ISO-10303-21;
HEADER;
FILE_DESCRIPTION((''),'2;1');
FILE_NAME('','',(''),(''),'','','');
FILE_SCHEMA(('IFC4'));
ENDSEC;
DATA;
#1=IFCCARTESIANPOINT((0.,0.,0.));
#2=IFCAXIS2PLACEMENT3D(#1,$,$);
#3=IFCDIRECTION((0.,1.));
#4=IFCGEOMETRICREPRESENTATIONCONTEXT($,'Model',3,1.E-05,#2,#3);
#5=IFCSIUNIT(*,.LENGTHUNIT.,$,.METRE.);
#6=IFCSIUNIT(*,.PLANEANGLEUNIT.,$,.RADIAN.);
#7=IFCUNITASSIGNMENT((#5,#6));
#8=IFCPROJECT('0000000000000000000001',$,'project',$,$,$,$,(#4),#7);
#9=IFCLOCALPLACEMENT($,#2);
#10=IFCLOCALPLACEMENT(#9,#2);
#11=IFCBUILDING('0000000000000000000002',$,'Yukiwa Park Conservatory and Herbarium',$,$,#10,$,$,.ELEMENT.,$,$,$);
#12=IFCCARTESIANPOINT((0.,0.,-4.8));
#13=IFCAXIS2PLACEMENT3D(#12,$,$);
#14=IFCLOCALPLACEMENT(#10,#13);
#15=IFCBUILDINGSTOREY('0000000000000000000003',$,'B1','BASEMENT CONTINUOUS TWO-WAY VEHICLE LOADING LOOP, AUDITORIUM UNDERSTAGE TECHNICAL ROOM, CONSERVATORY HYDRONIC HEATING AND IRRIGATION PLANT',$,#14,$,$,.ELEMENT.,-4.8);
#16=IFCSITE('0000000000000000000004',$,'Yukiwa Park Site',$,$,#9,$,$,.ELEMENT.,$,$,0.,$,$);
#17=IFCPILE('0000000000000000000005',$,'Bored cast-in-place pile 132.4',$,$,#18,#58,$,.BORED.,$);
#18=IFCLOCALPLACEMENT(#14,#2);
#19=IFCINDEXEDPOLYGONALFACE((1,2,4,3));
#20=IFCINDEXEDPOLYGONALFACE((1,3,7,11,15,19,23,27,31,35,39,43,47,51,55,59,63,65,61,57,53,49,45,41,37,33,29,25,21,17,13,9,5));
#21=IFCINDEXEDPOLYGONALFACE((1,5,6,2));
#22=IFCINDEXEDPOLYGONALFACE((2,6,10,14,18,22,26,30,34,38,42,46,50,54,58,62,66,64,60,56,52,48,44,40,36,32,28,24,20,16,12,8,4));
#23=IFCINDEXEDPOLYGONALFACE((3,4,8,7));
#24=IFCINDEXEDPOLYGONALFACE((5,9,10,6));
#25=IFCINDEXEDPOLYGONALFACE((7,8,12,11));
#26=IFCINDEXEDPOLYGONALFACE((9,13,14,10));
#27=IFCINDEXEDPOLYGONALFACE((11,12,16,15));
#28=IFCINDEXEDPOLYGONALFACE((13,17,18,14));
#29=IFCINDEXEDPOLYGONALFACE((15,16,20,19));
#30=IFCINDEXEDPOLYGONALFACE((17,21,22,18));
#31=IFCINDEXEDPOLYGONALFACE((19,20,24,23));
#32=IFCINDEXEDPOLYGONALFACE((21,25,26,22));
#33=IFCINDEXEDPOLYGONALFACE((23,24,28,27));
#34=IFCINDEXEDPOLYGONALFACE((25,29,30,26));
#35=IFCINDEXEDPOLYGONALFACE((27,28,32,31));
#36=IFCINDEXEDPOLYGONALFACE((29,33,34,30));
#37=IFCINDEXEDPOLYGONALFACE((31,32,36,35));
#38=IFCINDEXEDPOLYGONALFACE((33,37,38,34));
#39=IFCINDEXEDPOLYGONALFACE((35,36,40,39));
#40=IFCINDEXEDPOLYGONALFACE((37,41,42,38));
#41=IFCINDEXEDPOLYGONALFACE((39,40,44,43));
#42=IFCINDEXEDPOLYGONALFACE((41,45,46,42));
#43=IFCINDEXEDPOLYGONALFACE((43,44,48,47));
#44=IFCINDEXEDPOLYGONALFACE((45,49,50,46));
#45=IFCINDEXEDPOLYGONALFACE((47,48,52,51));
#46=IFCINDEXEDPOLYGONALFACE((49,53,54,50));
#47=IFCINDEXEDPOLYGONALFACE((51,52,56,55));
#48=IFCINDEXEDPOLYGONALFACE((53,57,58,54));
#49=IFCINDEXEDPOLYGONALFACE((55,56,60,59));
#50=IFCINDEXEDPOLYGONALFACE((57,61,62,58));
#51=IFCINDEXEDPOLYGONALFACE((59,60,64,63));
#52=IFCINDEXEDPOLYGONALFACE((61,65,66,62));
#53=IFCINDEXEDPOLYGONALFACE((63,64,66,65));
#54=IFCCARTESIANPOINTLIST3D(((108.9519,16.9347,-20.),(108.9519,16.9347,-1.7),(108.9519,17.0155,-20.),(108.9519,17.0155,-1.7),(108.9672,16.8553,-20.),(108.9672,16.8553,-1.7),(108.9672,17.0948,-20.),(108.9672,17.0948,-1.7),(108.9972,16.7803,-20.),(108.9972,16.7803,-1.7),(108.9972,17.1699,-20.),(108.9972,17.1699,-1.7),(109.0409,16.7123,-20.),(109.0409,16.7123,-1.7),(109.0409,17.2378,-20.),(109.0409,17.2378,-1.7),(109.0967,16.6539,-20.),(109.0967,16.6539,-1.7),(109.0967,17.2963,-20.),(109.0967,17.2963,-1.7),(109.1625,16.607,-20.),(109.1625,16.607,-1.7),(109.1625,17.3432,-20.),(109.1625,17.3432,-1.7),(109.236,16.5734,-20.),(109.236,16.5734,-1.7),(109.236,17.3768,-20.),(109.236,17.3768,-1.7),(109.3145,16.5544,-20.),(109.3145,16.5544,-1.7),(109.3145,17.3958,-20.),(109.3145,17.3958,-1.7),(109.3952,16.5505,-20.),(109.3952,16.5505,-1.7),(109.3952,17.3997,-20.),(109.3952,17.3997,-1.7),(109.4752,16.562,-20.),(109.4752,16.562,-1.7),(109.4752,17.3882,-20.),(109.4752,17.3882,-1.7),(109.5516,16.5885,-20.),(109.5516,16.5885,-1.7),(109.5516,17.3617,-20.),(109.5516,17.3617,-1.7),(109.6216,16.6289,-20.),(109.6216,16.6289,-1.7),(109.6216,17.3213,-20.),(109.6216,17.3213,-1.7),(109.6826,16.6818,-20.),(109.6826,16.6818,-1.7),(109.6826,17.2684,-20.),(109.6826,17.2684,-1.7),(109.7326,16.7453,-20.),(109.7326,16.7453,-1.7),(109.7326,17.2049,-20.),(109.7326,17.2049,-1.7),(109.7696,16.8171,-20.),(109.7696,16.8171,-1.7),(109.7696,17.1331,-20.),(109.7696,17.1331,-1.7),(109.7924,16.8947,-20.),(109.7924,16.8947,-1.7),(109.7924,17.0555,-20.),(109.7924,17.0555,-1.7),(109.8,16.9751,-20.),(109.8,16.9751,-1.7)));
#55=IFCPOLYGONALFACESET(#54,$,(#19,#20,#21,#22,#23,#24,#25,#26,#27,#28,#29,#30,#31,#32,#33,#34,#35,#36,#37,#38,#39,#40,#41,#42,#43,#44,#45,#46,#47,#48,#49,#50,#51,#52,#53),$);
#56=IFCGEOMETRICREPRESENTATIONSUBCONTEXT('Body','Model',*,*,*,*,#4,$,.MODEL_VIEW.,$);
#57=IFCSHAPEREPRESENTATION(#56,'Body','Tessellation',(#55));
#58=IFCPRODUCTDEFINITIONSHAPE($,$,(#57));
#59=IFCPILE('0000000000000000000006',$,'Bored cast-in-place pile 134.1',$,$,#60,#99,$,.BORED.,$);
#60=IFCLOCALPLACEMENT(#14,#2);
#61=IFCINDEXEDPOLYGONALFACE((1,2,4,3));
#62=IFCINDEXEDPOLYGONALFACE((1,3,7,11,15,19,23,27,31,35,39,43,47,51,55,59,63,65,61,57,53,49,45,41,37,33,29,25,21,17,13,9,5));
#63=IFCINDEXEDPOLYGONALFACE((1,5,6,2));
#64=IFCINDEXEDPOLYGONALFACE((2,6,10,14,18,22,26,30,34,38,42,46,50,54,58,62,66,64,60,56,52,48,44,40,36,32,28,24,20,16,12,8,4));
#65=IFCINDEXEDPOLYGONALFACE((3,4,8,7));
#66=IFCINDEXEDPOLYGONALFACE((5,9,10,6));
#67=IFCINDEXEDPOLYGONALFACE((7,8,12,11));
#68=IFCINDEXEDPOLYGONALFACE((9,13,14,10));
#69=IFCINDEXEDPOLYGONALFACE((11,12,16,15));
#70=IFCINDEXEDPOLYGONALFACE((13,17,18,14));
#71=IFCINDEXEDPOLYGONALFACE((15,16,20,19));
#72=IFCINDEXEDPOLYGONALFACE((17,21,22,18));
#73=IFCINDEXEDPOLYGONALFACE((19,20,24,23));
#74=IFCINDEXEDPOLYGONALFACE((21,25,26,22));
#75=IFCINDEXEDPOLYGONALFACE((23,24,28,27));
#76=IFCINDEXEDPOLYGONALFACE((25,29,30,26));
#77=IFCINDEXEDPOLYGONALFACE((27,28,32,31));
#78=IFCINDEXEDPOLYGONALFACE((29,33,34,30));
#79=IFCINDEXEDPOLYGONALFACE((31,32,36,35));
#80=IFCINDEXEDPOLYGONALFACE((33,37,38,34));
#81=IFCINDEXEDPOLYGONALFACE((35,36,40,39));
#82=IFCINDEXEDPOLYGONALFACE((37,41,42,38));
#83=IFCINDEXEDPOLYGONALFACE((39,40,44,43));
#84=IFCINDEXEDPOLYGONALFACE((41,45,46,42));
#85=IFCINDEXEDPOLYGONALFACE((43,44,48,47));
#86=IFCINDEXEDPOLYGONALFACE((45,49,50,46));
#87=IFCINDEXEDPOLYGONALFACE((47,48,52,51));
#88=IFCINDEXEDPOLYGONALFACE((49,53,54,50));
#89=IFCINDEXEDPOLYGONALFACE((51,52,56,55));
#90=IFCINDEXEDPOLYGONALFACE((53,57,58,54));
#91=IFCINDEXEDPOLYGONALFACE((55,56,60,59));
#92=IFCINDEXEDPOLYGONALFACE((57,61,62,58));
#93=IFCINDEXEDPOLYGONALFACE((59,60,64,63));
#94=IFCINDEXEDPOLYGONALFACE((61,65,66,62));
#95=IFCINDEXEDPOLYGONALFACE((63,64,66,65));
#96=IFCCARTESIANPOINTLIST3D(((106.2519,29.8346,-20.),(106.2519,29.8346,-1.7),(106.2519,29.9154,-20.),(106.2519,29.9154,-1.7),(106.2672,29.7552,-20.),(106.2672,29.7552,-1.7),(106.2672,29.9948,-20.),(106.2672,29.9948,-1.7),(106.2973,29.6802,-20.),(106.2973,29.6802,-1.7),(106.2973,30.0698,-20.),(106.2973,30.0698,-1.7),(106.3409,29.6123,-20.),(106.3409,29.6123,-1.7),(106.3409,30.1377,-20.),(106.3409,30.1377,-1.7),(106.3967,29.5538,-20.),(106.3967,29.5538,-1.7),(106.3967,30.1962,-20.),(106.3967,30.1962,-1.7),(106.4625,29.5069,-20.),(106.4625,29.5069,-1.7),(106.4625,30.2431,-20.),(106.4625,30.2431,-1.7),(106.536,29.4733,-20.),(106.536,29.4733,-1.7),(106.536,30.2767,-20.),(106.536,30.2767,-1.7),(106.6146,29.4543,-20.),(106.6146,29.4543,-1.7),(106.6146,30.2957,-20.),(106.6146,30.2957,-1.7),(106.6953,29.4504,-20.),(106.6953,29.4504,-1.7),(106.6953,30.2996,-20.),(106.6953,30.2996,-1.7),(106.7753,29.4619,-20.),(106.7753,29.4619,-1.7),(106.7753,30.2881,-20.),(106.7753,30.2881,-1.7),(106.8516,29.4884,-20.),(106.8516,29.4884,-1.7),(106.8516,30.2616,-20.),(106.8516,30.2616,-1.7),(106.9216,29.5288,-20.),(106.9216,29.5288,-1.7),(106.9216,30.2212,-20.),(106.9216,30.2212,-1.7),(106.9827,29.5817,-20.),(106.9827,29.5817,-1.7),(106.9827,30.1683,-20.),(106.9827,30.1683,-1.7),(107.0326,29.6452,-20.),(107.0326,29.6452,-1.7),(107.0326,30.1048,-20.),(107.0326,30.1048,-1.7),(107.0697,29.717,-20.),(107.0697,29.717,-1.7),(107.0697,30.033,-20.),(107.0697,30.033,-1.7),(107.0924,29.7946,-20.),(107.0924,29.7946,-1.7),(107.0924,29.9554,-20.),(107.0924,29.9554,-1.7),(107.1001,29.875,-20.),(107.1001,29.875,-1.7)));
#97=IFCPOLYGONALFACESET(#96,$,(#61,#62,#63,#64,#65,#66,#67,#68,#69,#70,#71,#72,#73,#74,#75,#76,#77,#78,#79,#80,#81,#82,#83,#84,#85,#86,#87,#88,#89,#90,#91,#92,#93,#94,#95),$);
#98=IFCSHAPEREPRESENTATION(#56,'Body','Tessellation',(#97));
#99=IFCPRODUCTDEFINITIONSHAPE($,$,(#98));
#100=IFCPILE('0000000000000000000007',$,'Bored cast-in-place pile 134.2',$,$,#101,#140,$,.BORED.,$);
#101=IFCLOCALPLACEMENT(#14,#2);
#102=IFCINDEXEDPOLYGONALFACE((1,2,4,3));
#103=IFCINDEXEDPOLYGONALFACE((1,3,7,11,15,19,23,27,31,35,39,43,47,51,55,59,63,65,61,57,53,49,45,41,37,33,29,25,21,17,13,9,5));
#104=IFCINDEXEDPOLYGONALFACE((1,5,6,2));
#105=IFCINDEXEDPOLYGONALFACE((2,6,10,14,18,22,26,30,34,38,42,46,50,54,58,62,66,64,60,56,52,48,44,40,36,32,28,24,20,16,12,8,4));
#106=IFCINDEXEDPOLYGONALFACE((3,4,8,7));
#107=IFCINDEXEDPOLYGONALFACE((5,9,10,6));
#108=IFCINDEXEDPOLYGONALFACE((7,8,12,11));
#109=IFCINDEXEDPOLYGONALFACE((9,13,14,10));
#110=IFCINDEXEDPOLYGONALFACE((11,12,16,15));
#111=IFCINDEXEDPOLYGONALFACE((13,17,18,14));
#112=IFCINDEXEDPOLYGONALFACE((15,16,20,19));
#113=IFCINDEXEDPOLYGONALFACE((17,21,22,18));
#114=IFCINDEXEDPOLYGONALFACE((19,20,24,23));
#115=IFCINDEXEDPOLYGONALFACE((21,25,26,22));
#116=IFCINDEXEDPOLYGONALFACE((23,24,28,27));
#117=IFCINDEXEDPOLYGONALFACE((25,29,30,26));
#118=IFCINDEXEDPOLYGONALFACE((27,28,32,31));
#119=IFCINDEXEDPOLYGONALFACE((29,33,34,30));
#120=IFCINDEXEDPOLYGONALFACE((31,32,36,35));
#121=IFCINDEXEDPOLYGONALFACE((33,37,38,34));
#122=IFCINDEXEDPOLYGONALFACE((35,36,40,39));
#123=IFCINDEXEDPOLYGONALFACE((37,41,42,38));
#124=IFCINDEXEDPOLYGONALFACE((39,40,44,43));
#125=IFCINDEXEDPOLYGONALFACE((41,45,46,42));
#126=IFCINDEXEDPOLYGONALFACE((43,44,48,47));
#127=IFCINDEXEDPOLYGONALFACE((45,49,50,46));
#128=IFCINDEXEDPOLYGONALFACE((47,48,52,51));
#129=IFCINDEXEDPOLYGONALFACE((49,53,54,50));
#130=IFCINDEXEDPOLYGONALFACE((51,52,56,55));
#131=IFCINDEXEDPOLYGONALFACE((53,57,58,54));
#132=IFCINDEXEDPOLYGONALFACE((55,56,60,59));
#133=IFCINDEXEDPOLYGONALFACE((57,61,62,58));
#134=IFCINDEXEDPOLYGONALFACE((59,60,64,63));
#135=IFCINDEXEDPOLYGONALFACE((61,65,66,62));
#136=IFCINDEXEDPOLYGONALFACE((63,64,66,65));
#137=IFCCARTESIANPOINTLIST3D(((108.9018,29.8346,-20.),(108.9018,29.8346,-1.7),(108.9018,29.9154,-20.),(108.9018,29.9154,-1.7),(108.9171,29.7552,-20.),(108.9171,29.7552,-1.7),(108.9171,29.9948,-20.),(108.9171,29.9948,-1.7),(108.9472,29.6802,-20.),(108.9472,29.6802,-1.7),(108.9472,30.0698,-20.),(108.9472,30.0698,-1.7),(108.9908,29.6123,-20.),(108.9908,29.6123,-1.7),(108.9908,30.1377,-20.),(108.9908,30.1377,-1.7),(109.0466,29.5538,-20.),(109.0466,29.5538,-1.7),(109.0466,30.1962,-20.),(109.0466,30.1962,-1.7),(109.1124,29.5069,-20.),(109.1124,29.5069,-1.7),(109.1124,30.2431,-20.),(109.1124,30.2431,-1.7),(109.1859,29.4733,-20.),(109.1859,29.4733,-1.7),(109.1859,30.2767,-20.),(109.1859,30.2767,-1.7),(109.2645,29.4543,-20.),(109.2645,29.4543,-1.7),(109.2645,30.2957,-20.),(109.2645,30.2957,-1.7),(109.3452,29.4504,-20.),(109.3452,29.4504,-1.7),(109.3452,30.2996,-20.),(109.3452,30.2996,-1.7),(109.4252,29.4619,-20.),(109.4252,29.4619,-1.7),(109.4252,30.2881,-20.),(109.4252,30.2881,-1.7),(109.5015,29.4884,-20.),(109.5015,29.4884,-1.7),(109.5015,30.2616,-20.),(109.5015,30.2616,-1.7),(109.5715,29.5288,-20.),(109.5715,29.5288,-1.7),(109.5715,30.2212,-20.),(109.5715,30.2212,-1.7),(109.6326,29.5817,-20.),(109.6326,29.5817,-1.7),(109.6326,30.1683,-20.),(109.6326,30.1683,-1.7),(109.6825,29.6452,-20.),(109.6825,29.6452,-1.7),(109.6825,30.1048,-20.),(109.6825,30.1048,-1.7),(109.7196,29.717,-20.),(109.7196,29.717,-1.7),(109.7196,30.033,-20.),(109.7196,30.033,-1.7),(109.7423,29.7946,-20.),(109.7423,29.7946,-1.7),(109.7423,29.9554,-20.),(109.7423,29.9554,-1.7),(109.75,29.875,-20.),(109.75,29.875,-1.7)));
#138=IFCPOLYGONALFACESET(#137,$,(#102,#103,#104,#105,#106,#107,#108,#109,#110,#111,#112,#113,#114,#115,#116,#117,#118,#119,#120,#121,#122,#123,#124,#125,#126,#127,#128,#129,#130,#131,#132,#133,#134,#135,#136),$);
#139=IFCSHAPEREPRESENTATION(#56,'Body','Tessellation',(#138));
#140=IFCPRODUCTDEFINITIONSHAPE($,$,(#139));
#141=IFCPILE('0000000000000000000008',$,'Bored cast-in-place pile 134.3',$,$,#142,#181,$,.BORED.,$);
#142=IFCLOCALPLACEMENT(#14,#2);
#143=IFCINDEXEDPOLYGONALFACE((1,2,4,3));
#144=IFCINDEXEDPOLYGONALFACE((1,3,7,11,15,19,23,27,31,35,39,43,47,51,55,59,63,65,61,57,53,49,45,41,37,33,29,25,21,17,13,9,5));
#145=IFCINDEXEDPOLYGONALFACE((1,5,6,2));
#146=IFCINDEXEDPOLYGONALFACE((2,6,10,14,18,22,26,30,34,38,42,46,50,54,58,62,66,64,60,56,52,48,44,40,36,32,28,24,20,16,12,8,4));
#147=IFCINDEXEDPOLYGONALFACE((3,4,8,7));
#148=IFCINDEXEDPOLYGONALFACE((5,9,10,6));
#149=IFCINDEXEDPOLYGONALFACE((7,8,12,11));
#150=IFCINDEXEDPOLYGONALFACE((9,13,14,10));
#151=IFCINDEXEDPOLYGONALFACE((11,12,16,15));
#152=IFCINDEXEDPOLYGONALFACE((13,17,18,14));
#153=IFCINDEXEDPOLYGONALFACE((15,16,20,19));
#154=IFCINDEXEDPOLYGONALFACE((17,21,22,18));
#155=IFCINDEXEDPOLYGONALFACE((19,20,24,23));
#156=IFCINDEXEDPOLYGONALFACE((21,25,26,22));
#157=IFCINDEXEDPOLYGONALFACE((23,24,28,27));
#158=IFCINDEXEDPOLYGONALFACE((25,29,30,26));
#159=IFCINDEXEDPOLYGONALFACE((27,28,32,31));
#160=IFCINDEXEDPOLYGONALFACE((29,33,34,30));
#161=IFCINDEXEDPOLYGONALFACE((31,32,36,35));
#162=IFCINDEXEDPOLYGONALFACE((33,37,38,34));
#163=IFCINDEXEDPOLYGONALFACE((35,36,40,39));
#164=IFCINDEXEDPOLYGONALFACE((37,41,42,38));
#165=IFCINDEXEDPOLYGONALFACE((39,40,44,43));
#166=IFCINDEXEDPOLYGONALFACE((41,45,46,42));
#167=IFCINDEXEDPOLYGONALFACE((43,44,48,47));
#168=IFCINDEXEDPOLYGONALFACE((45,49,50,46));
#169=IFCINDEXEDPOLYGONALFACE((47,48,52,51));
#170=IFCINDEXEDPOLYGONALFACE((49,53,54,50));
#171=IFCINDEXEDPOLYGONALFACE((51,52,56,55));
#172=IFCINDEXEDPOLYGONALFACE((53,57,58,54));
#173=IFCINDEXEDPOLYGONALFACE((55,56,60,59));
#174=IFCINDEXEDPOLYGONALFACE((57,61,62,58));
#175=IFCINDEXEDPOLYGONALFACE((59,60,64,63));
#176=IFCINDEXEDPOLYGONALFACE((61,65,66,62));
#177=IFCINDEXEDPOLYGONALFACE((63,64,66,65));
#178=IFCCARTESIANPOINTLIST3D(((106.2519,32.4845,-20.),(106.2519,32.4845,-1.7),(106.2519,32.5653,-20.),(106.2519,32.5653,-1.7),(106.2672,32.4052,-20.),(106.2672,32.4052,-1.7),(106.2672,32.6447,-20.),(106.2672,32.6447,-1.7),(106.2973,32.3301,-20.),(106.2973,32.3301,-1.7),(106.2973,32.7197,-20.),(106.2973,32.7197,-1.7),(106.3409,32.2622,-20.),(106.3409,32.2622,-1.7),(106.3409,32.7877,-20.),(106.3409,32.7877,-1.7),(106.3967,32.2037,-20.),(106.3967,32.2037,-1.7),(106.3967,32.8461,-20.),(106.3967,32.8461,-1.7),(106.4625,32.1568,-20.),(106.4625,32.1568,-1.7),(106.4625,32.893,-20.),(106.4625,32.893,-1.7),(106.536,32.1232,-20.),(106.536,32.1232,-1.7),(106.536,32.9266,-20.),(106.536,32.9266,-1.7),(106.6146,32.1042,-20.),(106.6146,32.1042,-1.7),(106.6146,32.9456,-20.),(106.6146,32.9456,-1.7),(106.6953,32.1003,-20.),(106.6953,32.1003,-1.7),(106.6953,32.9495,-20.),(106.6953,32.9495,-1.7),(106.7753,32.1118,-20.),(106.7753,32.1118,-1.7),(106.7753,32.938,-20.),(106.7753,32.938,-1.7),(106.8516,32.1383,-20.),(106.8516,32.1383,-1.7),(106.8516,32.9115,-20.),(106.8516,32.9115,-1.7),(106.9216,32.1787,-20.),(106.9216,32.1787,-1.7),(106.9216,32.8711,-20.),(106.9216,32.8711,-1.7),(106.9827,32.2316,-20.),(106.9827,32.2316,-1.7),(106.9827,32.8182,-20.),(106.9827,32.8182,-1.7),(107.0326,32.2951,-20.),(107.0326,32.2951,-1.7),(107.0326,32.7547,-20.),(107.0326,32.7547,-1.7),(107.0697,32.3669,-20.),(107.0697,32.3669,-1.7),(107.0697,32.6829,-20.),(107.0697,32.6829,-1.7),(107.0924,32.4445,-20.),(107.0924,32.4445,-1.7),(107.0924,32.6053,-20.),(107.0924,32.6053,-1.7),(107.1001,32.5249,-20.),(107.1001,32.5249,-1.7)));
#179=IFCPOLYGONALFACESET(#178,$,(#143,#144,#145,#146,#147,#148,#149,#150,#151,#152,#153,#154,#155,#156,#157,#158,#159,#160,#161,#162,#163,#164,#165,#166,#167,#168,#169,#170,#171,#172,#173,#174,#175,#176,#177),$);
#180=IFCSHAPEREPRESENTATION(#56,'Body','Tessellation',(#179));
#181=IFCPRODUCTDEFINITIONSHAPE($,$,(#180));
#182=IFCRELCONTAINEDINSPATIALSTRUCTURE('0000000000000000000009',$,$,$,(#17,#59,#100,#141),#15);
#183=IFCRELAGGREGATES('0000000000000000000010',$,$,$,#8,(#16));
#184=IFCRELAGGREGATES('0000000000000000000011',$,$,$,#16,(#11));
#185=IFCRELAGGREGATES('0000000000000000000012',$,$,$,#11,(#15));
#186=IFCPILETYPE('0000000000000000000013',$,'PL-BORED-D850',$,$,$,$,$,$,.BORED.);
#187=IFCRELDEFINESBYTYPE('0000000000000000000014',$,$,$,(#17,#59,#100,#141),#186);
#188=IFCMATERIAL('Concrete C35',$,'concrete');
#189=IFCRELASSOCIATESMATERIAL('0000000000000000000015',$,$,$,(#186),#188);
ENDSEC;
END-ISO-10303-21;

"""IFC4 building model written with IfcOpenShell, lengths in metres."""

from ifc_helpers import new_model, si_unit, direction, frame, origin, origin_2d, place, context, subcontext, project, spatial, circle, extrude, material, material_profile, profile_set, type_object, element, save


model = new_model("IFC4")

# Units and contexts
model_context = context("Model", 3, precision=1e-05, world=origin(), true_north=direction((0.0, 1.0)))
body_context = subcontext(model_context, "Body", "Model", "MODEL_VIEW")
ifc_project = project(units=[si_unit("LENGTHUNIT", "METRE"), si_unit("PLANEANGLEUNIT", "RADIAN")], contexts=[model_context])

# Site, building, storey
site_placement = place(None, origin())
site = spatial("IfcSite", under=ifc_project, at=site_placement, Name="Yukiwa Park Site", CompositionType="ELEMENT", RefElevation=0.0)
building_placement = place(site_placement, origin())
building = spatial("IfcBuilding", under=site, at=building_placement, Name="Yukiwa Park Conservatory and Herbarium", CompositionType="ELEMENT")
storey_placement = place(building_placement, frame((0.0, 0.0, -4.8)))
storey = spatial("IfcBuildingStorey", under=building, at=storey_placement, Name="B1", Description="BASEMENT CONTINUOUS TWO-WAY VEHICLE LOADING LOOP, AUDITORIUM UNDERSTAGE TECHNICAL ROOM, CONSERVATORY HYDRONIC HEATING AND IRRIGATION PLANT", CompositionType="ELEMENT", Elevation=-4.8)

# Piles
ifc_material_1 = material(Name="Concrete C35", Category="concrete")
ifc_material_profile_1 = material_profile(ifc_material_1, circle(Radius=0.425, at=origin_2d()), Name="PILE D850")
ifc_profile_set_1 = profile_set([ifc_material_profile_1], Name="Concrete C35")
pile_type_1 = type_object("IfcPileType", Name="PL-BORED-D850", PredefinedType="BORED", material=ifc_profile_set_1)
for number, where, z_axis, x_axis, name in (
    (1, (109.375, 16.9751, -1.7), (0.0, 0.0, -1.0), (1.0, 0.0, 0.0), "Bored cast-in-place pile 132.4"),
    (2, (106.675, 29.875, -1.7), (0.0, 0.0, -1.0), (1.0, 0.0, 0.0), "Bored cast-in-place pile 134.1"),
    (3, (109.325, 29.875, -1.7), (0.0, 0.0, -1.0), (1.0, 0.0, 0.0), "Bored cast-in-place pile 134.2"),
    (4, (106.675, 32.5249, -1.7), (0.0, 0.0, -1.0), (1.0, 0.0, 0.0), "Bored cast-in-place pile 134.3"),
):
    element("IfcPile", number, at=place(storey_placement, frame(where, z_axis=z_axis, x_axis=x_axis)), inside=storey, type_object=pile_type_1, Name=name, PredefinedType="BORED", context=body_context, shape_type="SweptSolid", body=[
        extrude(circle(Radius=0.425, at=origin_2d()), origin(), (0.0, 0.0, 1.0), 18.3),
    ])

save(model, "model.ifc")
